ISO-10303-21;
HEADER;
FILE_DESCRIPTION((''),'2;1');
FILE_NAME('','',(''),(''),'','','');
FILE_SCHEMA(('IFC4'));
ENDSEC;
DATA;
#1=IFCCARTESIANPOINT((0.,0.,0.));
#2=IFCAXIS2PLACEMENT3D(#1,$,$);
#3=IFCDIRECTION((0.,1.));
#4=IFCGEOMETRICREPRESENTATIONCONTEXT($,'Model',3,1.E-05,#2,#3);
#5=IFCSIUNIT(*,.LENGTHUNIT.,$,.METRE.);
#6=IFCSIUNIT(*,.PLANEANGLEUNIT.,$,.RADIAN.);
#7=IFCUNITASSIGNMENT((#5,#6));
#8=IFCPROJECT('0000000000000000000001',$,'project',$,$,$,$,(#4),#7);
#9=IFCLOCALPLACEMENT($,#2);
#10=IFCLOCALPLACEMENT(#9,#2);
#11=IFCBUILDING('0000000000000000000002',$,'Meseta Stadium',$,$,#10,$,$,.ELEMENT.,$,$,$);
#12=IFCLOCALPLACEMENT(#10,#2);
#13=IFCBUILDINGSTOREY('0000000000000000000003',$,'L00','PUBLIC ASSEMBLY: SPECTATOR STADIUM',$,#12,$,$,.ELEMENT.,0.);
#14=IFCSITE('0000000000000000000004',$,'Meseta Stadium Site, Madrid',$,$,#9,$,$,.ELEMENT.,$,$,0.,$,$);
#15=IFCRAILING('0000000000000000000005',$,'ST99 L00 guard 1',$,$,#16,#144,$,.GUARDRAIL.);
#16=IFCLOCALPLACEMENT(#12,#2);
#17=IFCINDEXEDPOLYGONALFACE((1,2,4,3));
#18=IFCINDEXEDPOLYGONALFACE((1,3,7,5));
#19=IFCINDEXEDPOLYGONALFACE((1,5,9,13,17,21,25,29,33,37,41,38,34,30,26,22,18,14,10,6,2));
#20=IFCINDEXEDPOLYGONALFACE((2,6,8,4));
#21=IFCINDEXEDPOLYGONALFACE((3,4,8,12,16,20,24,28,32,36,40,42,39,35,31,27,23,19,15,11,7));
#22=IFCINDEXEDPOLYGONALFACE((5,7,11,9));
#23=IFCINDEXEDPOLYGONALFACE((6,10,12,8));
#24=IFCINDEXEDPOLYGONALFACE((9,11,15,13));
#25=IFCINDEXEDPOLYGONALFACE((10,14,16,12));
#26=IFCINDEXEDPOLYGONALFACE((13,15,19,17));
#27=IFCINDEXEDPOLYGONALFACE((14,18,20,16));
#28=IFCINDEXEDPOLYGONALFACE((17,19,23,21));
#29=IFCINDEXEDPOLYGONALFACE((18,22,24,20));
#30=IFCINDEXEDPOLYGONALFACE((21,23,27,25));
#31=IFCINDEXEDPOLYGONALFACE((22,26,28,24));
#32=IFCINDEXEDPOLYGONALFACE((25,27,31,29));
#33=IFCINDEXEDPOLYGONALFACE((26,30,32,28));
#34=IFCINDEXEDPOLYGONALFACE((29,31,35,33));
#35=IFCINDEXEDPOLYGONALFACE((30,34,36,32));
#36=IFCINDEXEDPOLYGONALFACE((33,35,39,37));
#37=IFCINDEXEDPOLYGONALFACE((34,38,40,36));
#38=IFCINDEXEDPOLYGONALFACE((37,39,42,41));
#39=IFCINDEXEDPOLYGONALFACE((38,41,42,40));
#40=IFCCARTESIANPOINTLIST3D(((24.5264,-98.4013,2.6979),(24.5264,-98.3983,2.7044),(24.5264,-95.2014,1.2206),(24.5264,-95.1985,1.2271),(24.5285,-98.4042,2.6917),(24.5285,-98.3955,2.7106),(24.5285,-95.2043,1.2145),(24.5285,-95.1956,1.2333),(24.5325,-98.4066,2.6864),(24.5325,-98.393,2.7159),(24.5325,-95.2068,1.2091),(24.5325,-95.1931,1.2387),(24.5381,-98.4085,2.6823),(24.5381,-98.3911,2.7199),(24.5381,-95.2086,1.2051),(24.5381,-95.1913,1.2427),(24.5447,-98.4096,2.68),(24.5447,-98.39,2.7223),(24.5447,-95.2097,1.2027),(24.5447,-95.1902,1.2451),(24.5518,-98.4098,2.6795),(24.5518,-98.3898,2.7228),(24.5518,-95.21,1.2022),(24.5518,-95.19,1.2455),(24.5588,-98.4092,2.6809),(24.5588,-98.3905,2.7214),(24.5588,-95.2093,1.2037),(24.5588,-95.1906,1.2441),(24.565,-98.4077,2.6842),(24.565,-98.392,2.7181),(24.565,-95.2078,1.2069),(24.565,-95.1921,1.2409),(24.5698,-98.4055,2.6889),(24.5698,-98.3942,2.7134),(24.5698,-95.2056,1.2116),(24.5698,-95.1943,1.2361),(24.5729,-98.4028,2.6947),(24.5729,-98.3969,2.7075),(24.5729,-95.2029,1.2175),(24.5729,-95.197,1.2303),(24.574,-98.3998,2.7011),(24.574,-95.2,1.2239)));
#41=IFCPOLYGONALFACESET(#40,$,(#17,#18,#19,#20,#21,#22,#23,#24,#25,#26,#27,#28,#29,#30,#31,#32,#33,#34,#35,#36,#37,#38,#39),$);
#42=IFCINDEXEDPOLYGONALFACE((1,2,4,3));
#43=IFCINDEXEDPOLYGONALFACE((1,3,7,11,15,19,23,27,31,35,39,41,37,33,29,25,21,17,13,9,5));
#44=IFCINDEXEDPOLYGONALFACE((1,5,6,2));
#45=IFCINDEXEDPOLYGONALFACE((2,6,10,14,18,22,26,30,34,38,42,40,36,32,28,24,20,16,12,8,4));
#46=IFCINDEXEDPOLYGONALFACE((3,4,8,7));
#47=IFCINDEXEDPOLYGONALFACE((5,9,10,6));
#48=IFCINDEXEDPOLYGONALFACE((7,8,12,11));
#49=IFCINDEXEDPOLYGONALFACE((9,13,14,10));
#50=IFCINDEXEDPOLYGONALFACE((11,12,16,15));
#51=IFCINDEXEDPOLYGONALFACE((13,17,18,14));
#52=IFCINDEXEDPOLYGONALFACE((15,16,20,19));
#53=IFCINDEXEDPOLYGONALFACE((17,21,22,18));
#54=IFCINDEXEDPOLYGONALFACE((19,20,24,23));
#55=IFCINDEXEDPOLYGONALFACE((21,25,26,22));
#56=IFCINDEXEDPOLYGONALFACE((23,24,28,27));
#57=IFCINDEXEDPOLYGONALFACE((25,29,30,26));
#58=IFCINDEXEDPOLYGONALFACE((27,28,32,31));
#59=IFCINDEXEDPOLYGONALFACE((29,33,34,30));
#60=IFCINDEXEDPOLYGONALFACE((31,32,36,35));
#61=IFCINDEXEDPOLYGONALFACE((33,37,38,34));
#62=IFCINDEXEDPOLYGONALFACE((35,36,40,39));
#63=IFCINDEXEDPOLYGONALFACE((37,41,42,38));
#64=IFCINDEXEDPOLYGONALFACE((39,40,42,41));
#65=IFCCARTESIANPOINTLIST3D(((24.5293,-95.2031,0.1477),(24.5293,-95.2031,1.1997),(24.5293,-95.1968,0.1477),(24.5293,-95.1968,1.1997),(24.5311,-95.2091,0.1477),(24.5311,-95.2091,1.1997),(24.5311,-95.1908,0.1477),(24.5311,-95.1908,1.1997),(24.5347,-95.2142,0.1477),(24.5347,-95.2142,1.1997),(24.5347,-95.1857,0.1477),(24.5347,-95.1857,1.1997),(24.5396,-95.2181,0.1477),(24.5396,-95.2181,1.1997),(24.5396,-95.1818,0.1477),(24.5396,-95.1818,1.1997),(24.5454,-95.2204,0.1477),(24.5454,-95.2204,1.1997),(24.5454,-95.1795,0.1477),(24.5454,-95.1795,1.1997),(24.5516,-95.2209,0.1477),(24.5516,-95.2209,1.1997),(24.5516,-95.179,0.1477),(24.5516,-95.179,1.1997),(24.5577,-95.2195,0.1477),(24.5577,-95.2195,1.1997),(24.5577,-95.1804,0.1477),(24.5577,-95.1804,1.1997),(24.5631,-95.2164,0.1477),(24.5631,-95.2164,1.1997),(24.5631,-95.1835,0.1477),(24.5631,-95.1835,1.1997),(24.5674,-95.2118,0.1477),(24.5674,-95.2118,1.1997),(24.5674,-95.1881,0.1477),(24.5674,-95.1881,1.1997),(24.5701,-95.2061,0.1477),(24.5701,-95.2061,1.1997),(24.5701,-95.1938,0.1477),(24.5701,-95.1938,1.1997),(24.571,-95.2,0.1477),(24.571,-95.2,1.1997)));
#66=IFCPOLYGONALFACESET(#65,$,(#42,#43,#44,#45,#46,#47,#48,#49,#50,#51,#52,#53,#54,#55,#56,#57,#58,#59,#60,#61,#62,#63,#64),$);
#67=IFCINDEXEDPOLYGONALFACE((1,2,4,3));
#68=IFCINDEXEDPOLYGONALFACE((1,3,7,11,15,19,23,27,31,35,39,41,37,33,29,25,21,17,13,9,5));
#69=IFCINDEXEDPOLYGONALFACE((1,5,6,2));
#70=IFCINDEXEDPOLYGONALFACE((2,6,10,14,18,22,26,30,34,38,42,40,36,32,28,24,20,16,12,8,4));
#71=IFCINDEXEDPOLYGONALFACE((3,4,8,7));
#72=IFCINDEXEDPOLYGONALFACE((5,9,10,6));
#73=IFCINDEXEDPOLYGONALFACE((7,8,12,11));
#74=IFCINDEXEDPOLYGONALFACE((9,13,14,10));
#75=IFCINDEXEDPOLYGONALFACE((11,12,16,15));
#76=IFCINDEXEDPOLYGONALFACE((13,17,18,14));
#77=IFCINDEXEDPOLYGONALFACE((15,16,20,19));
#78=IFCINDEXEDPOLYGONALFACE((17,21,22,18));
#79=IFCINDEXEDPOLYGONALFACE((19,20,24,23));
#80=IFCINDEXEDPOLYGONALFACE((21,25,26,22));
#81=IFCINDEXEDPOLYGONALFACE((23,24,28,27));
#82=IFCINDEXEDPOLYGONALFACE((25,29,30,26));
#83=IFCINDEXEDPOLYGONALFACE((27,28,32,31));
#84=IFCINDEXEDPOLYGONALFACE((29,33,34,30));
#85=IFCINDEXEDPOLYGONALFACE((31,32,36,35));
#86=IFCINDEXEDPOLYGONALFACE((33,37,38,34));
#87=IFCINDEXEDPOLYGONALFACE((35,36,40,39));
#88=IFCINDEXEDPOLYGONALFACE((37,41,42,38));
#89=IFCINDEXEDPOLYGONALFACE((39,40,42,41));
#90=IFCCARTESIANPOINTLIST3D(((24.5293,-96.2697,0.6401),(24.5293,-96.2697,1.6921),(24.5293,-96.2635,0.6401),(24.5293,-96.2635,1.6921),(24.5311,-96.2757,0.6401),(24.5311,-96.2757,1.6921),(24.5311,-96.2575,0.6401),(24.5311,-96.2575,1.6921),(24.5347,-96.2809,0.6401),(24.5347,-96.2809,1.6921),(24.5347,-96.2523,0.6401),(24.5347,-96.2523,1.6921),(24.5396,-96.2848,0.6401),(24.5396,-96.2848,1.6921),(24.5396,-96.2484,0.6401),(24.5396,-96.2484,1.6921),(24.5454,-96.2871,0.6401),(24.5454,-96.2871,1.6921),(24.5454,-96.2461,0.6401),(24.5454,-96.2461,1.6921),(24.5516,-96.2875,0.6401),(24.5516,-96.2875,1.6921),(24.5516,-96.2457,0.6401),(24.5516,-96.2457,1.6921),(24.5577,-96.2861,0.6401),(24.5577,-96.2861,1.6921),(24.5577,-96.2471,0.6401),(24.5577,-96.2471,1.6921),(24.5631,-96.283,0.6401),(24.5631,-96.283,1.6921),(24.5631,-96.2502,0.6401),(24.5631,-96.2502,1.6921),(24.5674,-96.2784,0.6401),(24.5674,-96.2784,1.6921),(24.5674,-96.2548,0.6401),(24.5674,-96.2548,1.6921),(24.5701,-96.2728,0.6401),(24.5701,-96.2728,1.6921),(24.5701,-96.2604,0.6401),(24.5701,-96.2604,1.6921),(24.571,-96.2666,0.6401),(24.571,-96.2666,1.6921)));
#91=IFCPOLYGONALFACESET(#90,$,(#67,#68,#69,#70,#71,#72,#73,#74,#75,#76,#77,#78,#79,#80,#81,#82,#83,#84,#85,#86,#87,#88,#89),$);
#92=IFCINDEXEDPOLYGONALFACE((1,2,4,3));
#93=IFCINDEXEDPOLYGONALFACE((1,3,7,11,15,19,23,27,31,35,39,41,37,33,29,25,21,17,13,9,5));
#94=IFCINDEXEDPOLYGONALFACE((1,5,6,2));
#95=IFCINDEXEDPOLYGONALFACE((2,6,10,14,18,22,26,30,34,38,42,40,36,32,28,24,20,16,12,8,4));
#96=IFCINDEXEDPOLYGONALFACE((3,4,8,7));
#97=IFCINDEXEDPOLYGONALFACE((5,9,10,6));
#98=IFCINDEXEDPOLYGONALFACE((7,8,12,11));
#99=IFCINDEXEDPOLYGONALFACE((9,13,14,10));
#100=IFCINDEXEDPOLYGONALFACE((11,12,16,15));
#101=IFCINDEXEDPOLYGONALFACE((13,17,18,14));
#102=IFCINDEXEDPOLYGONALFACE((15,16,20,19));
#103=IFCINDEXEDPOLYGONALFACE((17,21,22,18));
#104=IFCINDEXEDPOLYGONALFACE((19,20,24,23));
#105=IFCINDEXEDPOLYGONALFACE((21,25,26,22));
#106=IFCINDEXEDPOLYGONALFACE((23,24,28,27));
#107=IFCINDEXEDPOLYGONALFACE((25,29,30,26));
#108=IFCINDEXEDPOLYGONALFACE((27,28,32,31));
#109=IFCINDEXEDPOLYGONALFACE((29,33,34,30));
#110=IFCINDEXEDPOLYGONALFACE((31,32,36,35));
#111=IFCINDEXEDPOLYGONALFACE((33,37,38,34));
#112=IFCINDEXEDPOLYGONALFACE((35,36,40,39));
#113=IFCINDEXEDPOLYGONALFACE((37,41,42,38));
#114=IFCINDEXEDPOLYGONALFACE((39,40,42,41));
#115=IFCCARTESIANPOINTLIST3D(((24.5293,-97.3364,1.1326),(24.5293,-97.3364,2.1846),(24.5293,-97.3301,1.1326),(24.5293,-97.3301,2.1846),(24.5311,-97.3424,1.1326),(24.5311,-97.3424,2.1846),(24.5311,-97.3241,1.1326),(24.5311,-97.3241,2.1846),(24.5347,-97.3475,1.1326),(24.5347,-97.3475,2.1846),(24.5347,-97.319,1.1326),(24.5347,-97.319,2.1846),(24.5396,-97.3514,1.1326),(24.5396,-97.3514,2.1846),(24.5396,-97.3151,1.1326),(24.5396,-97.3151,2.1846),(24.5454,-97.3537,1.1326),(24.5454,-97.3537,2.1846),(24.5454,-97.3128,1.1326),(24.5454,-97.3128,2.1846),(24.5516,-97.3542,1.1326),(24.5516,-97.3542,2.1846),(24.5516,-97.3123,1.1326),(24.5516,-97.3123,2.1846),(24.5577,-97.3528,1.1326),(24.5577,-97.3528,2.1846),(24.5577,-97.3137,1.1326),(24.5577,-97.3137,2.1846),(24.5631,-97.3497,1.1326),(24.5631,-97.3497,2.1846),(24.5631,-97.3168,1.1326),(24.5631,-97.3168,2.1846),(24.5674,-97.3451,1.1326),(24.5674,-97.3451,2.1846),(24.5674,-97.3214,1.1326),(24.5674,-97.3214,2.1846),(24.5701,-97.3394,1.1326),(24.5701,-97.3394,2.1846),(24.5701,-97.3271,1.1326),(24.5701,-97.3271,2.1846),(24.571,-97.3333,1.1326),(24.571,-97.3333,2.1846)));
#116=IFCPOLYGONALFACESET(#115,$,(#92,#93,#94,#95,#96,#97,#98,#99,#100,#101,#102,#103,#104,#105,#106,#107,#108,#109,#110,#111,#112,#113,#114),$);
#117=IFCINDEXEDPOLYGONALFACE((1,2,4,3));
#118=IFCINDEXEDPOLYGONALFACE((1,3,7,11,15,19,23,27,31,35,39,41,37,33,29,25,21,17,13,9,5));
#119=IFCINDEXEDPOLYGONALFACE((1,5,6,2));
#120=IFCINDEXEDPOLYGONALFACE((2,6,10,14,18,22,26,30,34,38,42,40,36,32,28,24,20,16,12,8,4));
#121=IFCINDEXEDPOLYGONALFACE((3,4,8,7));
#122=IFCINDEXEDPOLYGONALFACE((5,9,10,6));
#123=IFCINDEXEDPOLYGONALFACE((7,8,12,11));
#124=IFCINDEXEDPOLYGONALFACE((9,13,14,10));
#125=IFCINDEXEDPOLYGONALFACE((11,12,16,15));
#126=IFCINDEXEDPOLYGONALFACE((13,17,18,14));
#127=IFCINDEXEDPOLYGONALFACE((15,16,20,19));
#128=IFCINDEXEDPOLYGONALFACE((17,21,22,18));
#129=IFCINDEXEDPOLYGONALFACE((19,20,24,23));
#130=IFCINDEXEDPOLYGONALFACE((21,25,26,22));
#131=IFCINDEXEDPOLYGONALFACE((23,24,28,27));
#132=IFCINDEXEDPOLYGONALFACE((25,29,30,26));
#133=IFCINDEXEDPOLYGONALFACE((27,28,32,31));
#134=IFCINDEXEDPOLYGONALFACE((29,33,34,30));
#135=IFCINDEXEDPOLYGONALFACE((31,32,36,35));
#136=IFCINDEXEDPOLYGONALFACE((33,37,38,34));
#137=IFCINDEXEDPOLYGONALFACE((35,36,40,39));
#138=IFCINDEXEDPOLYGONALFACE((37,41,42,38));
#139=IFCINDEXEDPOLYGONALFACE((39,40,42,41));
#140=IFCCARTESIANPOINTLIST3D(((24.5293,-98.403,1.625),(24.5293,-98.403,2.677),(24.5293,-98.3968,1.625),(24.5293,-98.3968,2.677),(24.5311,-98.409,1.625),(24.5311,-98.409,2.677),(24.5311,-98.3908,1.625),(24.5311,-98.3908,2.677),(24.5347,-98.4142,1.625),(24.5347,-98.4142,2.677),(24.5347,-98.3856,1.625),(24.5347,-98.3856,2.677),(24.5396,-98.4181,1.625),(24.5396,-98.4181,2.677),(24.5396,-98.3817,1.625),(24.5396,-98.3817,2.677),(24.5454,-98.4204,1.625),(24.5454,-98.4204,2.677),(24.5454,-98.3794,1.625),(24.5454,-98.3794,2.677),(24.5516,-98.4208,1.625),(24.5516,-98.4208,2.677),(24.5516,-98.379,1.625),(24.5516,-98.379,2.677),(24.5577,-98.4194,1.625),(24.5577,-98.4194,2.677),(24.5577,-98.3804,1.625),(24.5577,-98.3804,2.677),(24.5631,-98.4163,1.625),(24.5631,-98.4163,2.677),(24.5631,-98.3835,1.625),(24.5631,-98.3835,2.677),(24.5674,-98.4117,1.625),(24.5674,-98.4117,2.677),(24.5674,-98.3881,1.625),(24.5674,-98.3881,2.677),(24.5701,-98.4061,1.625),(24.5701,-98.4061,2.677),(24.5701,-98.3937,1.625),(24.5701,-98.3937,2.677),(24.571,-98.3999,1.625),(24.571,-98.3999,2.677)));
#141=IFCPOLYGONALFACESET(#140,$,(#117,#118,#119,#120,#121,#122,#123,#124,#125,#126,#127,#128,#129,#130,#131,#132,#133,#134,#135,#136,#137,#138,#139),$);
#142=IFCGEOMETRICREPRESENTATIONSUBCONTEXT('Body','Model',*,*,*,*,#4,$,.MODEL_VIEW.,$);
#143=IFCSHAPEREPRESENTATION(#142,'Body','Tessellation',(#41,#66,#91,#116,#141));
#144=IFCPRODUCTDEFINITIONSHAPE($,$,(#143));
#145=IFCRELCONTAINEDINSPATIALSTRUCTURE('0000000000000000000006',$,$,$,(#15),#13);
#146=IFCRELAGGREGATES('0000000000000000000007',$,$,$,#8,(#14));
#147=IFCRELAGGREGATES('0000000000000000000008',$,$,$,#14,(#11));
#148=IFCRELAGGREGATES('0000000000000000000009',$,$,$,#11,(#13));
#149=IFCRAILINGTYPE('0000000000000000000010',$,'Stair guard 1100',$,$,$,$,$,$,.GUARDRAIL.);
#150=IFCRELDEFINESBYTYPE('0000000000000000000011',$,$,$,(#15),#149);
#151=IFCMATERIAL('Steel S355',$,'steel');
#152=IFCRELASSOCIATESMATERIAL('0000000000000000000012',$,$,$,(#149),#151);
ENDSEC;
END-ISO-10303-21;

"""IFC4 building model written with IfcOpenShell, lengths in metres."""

from ifc_helpers import new_model, si_unit, direction, frame, origin, origin_2d, place, context, subcontext, project, spatial, circle, extrude, material, type_object, element, save


model = new_model("IFC4")

# Units and contexts
model_context = context("Model", 3, precision=1e-05, world=origin(), true_north=direction((0.0, 1.0)))
body_context = subcontext(model_context, "Body", "Model", "MODEL_VIEW")
ifc_project = project(units=[si_unit("LENGTHUNIT", "METRE"), si_unit("PLANEANGLEUNIT", "RADIAN")], contexts=[model_context])

# Site, building, storey
site_placement = place(None, origin())
site = spatial("IfcSite", under=ifc_project, at=site_placement, Name="Meseta Stadium Site, Madrid", CompositionType="ELEMENT", RefElevation=0.0)
building_placement = place(site_placement, origin())
building = spatial("IfcBuilding", under=site, at=building_placement, Name="Meseta Stadium", CompositionType="ELEMENT")
storey_placement = place(building_placement, origin())
storey = spatial("IfcBuildingStorey", under=building, at=storey_placement, Name="L00", Description="PUBLIC ASSEMBLY: SPECTATOR STADIUM", CompositionType="ELEMENT", Elevation=0.0)

# Railing
ifc_material_1 = material(Name="Steel S355", Category="steel")
railing_type_1 = type_object("IfcRailingType", Name="Stair guard 1100", PredefinedType="GUARDRAIL", material=ifc_material_1)
railing_1_placement = place(storey_placement, frame((24.55, -95.2, 0.1477)))
element("IfcRailing", 1, at=railing_1_placement, inside=storey, type_object=railing_type_1, Name="ST99 L00 guard 1", PredefinedType="GUARDRAIL", context=body_context, shape_type="SweptSolid", body=[
    extrude(circle(Radius=0.0239, at=origin_2d()), frame((0.0, 0.0, 1.0762), z_axis=(0.0, -0.907917, 0.41915), x_axis=(1.0, 0.0, 0.0)), (0.0, 0.0, 1.0), 3.5244),
    extrude(circle(Radius=0.021, at=origin_2d()), origin(), (0.0, 0.0, 1.0), 1.052),
    extrude(circle(Radius=0.021, at=origin_2d()), frame((0.0, -1.0667, 0.4924)), (0.0, 0.0, 1.0), 1.052),
    extrude(circle(Radius=0.021, at=origin_2d()), frame((0.0, -2.1333, 0.9849)), (0.0, 0.0, 1.0), 1.052),
    extrude(circle(Radius=0.021, at=origin_2d()), frame((0.0, -3.2, 1.4773)), (0.0, 0.0, 1.0), 1.052),
])

save(model, "model.ifc")
